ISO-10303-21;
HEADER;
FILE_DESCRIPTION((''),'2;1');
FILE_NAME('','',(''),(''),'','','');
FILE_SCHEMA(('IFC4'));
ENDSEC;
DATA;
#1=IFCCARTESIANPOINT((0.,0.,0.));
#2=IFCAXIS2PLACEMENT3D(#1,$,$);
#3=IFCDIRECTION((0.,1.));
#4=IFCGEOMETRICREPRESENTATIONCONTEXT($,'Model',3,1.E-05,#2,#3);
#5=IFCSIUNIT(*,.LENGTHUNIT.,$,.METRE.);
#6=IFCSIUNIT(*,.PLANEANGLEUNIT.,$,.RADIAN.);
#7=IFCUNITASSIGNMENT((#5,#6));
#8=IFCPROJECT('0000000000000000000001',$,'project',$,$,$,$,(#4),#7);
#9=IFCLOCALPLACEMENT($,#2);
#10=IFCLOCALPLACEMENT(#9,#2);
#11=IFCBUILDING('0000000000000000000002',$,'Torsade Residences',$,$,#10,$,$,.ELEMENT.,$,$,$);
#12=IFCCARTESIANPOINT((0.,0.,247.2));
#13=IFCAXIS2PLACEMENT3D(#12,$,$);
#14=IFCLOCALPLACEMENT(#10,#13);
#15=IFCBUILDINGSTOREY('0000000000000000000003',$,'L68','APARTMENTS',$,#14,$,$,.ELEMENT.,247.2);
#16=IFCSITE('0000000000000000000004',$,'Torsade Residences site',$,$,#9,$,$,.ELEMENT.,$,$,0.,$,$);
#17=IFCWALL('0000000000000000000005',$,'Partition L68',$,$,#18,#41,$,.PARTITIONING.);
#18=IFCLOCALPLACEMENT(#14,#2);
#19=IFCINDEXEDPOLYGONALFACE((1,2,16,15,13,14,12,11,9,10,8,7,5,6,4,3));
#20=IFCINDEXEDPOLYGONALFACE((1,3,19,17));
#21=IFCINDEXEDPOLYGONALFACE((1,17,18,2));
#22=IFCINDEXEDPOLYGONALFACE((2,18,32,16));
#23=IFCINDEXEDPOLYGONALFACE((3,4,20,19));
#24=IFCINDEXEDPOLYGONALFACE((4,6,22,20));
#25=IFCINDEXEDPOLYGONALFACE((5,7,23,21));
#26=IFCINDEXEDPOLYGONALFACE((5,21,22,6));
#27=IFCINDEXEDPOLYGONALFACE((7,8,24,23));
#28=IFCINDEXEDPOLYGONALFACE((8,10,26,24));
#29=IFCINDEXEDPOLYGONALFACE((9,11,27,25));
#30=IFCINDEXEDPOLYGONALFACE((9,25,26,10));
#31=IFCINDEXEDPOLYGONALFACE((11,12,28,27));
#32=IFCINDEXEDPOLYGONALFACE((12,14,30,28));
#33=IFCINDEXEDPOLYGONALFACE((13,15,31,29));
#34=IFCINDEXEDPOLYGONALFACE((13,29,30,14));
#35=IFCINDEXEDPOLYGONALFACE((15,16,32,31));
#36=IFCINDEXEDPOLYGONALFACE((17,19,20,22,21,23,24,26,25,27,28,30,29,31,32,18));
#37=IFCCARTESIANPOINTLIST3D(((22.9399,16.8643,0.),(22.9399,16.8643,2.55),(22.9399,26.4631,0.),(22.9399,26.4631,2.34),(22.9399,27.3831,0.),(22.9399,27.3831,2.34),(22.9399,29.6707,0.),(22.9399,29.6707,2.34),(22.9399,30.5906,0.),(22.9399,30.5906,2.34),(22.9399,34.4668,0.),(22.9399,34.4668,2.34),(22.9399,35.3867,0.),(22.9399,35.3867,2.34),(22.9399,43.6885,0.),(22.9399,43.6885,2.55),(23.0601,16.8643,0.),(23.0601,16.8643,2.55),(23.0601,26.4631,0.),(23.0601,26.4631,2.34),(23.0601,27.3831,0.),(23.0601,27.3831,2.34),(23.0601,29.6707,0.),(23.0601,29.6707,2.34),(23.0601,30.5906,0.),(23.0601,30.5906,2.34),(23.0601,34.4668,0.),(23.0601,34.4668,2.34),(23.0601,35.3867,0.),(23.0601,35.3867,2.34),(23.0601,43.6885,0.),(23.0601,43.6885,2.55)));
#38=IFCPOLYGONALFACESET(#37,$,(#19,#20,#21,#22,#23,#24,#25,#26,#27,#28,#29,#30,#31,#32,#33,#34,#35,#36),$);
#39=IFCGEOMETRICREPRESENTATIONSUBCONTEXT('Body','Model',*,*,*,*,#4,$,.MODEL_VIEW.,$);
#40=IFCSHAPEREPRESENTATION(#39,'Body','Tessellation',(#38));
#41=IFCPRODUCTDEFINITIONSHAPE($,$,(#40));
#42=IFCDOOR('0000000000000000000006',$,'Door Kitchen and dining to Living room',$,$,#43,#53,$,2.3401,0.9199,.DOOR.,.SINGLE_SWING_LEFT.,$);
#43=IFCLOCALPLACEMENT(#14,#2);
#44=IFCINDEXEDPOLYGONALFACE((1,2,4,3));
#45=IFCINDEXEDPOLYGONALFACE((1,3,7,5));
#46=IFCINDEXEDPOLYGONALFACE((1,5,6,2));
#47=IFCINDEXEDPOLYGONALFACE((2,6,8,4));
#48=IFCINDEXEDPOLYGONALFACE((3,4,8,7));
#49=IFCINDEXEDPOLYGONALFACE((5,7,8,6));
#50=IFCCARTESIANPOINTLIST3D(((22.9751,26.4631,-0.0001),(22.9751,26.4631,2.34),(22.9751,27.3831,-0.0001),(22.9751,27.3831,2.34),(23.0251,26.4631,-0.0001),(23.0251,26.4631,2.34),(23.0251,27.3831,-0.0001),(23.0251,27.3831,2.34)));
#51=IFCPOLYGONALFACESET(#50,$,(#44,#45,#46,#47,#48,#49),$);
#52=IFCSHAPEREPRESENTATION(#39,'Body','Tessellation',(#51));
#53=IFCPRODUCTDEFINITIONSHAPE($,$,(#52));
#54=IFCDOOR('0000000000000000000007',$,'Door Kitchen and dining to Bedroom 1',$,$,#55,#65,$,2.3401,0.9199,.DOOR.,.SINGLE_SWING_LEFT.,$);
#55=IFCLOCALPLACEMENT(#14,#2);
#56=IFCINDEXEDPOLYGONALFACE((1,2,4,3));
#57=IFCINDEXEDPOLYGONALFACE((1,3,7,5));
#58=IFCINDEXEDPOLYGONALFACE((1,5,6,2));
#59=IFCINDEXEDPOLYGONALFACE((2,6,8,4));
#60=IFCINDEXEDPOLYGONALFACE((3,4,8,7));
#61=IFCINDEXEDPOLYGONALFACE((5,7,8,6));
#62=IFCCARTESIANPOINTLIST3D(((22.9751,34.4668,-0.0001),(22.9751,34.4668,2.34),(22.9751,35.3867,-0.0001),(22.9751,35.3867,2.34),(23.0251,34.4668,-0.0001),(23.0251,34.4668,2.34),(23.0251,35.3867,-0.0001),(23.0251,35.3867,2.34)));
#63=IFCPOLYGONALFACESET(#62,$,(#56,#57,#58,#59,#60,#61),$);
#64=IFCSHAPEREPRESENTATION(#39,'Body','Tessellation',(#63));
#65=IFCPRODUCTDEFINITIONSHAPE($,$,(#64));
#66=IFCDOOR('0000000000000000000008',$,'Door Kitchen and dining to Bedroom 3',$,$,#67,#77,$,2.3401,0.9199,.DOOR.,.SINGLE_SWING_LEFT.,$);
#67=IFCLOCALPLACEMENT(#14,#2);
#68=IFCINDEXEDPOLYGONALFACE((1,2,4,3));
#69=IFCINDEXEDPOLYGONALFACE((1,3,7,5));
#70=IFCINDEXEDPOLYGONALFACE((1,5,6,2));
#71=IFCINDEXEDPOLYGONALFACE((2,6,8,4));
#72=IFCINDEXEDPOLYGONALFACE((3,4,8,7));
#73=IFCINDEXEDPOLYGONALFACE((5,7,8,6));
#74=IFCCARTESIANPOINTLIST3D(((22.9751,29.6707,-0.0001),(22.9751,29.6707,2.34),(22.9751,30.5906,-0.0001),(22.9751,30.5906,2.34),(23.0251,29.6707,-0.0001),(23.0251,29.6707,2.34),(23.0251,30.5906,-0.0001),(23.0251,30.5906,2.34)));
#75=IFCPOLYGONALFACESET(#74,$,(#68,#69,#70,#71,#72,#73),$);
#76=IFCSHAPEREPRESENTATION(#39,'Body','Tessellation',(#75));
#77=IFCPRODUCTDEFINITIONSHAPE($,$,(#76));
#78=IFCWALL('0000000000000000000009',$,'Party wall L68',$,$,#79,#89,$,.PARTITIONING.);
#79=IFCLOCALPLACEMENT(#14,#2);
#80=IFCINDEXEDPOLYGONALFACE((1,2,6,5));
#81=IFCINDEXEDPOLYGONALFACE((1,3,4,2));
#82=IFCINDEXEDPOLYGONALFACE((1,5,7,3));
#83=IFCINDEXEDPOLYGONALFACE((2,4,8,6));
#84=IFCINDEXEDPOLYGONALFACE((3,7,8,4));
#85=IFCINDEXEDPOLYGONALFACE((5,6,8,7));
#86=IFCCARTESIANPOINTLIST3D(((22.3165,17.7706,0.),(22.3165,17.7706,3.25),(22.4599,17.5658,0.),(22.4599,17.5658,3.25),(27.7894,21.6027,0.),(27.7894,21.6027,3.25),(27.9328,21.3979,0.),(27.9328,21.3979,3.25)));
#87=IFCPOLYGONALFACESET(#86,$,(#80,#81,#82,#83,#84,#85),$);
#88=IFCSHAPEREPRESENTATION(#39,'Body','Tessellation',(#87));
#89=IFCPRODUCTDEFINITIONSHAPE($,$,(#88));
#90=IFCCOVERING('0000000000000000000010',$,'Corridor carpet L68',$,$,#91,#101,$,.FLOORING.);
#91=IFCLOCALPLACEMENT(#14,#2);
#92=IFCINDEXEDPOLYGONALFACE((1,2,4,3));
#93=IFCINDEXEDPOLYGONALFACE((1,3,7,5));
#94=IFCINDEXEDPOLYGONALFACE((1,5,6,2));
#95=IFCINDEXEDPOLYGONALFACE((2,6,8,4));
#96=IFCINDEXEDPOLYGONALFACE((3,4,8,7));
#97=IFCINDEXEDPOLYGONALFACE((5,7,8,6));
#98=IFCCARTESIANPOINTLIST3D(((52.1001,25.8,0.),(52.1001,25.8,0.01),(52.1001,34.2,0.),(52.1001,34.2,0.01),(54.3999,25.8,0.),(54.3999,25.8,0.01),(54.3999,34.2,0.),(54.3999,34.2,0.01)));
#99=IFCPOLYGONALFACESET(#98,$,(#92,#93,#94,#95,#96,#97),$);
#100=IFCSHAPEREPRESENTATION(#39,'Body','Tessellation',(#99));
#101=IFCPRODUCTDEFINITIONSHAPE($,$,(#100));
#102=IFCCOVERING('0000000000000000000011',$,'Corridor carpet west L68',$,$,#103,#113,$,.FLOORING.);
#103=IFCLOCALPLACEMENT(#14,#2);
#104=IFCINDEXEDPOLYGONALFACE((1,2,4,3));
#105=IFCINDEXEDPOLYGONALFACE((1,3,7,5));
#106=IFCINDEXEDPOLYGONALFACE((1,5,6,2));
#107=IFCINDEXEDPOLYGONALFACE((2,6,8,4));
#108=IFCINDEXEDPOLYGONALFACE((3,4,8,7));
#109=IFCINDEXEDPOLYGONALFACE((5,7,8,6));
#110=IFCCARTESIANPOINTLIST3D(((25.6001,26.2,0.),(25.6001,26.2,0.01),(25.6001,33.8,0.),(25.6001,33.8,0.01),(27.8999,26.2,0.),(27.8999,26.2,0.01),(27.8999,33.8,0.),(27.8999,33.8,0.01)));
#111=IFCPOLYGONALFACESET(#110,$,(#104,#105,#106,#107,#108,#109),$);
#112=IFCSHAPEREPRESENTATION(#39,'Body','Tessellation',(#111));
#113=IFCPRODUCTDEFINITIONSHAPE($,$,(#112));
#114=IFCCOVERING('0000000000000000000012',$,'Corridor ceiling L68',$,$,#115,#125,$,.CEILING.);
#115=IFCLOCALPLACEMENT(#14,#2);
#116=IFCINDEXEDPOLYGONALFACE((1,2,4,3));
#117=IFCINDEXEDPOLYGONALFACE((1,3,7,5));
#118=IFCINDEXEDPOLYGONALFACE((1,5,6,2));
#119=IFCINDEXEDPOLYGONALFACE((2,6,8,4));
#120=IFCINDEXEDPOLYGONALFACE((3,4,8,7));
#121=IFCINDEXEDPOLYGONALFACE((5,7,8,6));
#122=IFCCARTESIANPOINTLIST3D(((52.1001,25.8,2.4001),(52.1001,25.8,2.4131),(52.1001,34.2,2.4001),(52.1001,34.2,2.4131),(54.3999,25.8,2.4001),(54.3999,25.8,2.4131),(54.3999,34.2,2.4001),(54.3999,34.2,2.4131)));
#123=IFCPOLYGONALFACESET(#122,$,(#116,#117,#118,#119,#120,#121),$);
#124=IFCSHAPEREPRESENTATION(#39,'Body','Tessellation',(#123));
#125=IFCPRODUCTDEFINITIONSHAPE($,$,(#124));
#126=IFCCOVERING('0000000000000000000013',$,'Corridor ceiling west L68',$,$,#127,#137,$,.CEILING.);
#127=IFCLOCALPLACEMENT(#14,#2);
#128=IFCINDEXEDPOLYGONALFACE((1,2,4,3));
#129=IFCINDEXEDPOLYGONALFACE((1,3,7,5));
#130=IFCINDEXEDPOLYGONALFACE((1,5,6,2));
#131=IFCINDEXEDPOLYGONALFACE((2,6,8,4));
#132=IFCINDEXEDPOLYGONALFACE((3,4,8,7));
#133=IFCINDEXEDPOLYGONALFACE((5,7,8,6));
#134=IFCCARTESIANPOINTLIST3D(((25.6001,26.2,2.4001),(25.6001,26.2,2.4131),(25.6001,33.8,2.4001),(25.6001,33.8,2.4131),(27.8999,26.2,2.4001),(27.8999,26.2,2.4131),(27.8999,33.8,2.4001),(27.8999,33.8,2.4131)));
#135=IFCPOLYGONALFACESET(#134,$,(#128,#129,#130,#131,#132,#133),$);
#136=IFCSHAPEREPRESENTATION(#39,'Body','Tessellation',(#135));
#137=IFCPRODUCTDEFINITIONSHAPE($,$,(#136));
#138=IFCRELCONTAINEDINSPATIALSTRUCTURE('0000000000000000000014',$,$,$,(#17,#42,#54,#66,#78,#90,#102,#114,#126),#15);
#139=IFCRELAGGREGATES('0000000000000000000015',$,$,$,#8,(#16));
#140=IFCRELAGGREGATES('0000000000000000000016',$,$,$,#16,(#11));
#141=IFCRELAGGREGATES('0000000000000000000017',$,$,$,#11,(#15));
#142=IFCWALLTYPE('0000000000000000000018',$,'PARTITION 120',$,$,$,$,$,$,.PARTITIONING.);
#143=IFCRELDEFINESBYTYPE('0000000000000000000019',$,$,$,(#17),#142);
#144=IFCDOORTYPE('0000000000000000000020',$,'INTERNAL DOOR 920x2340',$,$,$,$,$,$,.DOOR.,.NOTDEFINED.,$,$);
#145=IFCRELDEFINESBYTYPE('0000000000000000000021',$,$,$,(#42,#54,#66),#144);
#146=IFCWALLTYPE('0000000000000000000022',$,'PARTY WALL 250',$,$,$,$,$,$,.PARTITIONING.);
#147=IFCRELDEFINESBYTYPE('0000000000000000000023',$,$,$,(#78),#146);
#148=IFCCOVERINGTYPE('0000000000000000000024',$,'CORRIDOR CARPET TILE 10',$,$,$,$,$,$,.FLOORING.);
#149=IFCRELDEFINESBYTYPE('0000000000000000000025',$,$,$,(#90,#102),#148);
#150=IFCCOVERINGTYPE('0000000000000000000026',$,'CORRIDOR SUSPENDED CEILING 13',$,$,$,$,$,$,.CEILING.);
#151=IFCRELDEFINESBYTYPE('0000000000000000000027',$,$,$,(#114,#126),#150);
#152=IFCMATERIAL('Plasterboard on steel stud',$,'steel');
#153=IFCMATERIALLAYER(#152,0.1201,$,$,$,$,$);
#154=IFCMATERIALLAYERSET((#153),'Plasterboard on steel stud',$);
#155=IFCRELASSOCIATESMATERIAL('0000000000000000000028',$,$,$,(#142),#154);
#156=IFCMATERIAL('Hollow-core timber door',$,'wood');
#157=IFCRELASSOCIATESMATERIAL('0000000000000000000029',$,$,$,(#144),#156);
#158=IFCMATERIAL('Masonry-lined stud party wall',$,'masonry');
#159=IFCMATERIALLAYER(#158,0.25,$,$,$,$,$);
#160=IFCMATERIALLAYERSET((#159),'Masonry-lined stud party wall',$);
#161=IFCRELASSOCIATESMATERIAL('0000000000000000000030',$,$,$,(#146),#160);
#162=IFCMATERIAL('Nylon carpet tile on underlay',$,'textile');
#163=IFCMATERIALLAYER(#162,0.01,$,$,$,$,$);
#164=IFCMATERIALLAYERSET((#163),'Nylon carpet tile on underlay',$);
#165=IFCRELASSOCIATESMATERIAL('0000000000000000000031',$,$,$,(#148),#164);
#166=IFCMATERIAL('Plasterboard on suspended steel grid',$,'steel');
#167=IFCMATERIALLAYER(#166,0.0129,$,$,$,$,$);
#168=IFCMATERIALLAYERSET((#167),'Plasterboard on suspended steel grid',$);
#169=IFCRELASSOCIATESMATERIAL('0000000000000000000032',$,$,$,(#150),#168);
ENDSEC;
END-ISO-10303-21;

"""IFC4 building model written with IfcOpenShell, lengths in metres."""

from ifc_helpers import new_model, si_unit, direction, frame, frame_2d, origin, place, context, subcontext, project, spatial, polyline, rectangle, outline, extrude, material, layer, layer_set, type_object, element, fill, save


model = new_model("IFC4")

# Units and contexts
model_context = context("Model", 3, precision=1e-05, world=origin(), true_north=direction((0.0, 1.0)))
body_context = subcontext(model_context, "Body", "Model", "MODEL_VIEW")
ifc_project = project(units=[si_unit("LENGTHUNIT", "METRE"), si_unit("PLANEANGLEUNIT", "RADIAN")], contexts=[model_context])

# Site, building, storey
site_placement = place(None, origin())
site = spatial("IfcSite", under=ifc_project, at=site_placement, Name="Torsade Residences site", CompositionType="ELEMENT", RefElevation=0.0)
building_placement = place(site_placement, origin())
building = spatial("IfcBuilding", under=site, at=building_placement, Name="Torsade Residences", CompositionType="ELEMENT")
storey_placement = place(building_placement, frame((0.0, 0.0, 247.2)))
storey = spatial("IfcBuildingStorey", under=building, at=storey_placement, Name="L68", Description="APARTMENTS", CompositionType="ELEMENT", Elevation=247.2)

# Wall, openings, doors
ifc_material_1 = material(Name="Plasterboard on steel stud", Category="steel")
ifc_layer_1 = layer(ifc_material_1, 0.1201)
ifc_layer_set_1 = layer_set([ifc_layer_1], Name="Plasterboard on steel stud")
wall_type_1 = type_object("IfcWallType", Name="PARTITION 120", PredefinedType="PARTITIONING", material=ifc_layer_set_1)
wall_1_placement = place(storey_placement, frame((23.0, 16.8643, 0.0), z_axis=(0.0, 0.0, 1.0), x_axis=(0.0, 1.0, 0.0)))
wall_1 = element("IfcWall", 1, at=wall_1_placement, inside=storey, type_object=wall_type_1, Name="Partition L68", PredefinedType="PARTITIONING", context=body_context, shape_type="SweptSolid", body=[
    extrude(rectangle(XDim=26.8242, YDim=0.1201, at=frame_2d((13.4121, 0.0))), origin(), (0.0, 0.0, 1.0), 2.55),
])
opening_1_placement = place(wall_1_placement, frame((9.5989, 0.0, 0.0)))
opening_1 = element("IfcOpeningElement", 2, at=opening_1_placement, cuts=wall_1, PredefinedType="OPENING", context=body_context, shape_type="SweptSolid", body=[
    extrude(rectangle(XDim=0.9199, YDim=2.3401, at=frame_2d((0.46, 1.1699))), frame((0.0, 0.0701, 0.0), z_axis=(0.0, -1.0, 0.0), x_axis=(1.0, 0.0, 0.0)), (0.0, 0.0, 1.0), 0.1401),
])
opening_2_placement = place(wall_1_placement, frame((17.6025, 0.0, 0.0)))
opening_2 = element("IfcOpeningElement", 3, at=opening_2_placement, cuts=wall_1, PredefinedType="OPENING", context=body_context, shape_type="SweptSolid", body=[
    extrude(rectangle(XDim=0.9199, YDim=2.3401, at=frame_2d((0.46, 1.1699))), frame((0.0, 0.0701, 0.0), z_axis=(0.0, -1.0, 0.0), x_axis=(1.0, 0.0, 0.0)), (0.0, 0.0, 1.0), 0.1401),
])
opening_3_placement = place(wall_1_placement, frame((12.8064, 0.0, 0.0)))
opening_3 = element("IfcOpeningElement", 4, at=opening_3_placement, cuts=wall_1, PredefinedType="OPENING", context=body_context, shape_type="SweptSolid", body=[
    extrude(rectangle(XDim=0.9199, YDim=2.3401, at=frame_2d((0.46, 1.1699))), frame((0.0, 0.0701, 0.0), z_axis=(0.0, -1.0, 0.0), x_axis=(1.0, 0.0, 0.0)), (0.0, 0.0, 1.0), 0.1401),
])
ifc_material_2 = material(Name="Hollow-core timber door", Category="wood")
door_type = type_object("IfcDoorType", Name="INTERNAL DOOR 920x2340", OperationType="NOTDEFINED", PredefinedType="DOOR", material=ifc_material_2)
door_1_placement = place(opening_1_placement, origin())
door_1 = element("IfcDoor", 5, at=door_1_placement, inside=storey, type_object=door_type, Name="Door Kitchen and dining to Living room", OperationType="SINGLE_SWING_LEFT", OverallHeight=2.3401, OverallWidth=0.9199, PredefinedType="DOOR", context=body_context, shape_type="SweptSolid", body=[
    extrude(rectangle(XDim=0.9199, YDim=2.3401, at=frame_2d((0.46, 1.1699))), frame((0.0, 0.0249, 0.0), z_axis=(0.0, -1.0, 0.0), x_axis=(1.0, 0.0, 0.0)), (0.0, 0.0, 1.0), 0.05),
])
fill(opening_1, door_1)
door_2_placement = place(opening_2_placement, origin())
door_2 = element("IfcDoor", 6, at=door_2_placement, inside=storey, type_object=door_type, Name="Door Kitchen and dining to Bedroom 1", OperationType="SINGLE_SWING_LEFT", OverallHeight=2.3401, OverallWidth=0.9199, PredefinedType="DOOR", context=body_context, shape_type="SweptSolid", body=[
    extrude(rectangle(XDim=0.9199, YDim=2.3401, at=frame_2d((0.46, 1.1699))), frame((0.0, 0.0249, 0.0), z_axis=(0.0, -1.0, 0.0), x_axis=(1.0, 0.0, 0.0)), (0.0, 0.0, 1.0), 0.05),
])
fill(opening_2, door_2)
door_3_placement = place(opening_3_placement, origin())
door_3 = element("IfcDoor", 7, at=door_3_placement, inside=storey, type_object=door_type, Name="Door Kitchen and dining to Bedroom 3", OperationType="SINGLE_SWING_LEFT", OverallHeight=2.3401, OverallWidth=0.9199, PredefinedType="DOOR", context=body_context, shape_type="SweptSolid", body=[
    extrude(rectangle(XDim=0.9199, YDim=2.3401, at=frame_2d((0.46, 1.1699))), frame((0.0, 0.0249, 0.0), z_axis=(0.0, -1.0, 0.0), x_axis=(1.0, 0.0, 0.0)), (0.0, 0.0, 1.0), 0.05),
])
fill(opening_3, door_3)

# Wall
ifc_material_3 = material(Name="Masonry-lined stud party wall", Category="masonry")
ifc_layer_2 = layer(ifc_material_3, 0.25)
ifc_layer_set_2 = layer_set([ifc_layer_2], Name="Masonry-lined stud party wall")
wall_type_2 = type_object("IfcWallType", Name="PARTY WALL 250", PredefinedType="PARTITIONING", material=ifc_layer_set_2)
wall_2_placement = place(storey_placement, frame((22.3882, 17.6682, 0.0), z_axis=(0.0, 0.0, 1.0), x_axis=(0.819162, 0.573563, 0.0)))
element("IfcWall", 8, at=wall_2_placement, inside=storey, type_object=wall_type_2, Name="Party wall L68", PredefinedType="PARTITIONING", context=body_context, shape_type="SweptSolid", body=[
    extrude(rectangle(XDim=6.6812, YDim=0.25, at=frame_2d((3.3406, 0.0))), origin(), (0.0, 0.0, 1.0), 3.25),
])

# Coverings
ifc_material_4 = material(Name="Nylon carpet tile on underlay", Category="textile")
ifc_layer_3 = layer(ifc_material_4, 0.01)
ifc_layer_set_3 = layer_set([ifc_layer_3], Name="Nylon carpet tile on underlay")
covering_type_1 = type_object("IfcCoveringType", Name="CORRIDOR CARPET TILE 10", PredefinedType="FLOORING", material=ifc_layer_set_3)
covering_1_placement = place(storey_placement, origin())
element("IfcCovering", 9, at=covering_1_placement, inside=storey, type_object=covering_type_1, Name="Corridor carpet L68", PredefinedType="FLOORING", context=body_context, shape_type="SweptSolid", body=[
    extrude(outline(polyline([(54.3999, 25.8), (54.3999, 34.2), (52.1001, 34.2), (52.1001, 25.8), (54.3999, 25.8)])), origin(), (0.0, 0.0, 1.0), 0.01),
])
covering_2_placement = place(storey_placement, origin())
element("IfcCovering", 10, at=covering_2_placement, inside=storey, type_object=covering_type_1, Name="Corridor carpet west L68", PredefinedType="FLOORING", context=body_context, shape_type="SweptSolid", body=[
    extrude(outline(polyline([(27.8999, 26.2), (27.8999, 33.8), (25.6001, 33.8), (25.6001, 26.2), (27.8999, 26.2)])), origin(), (0.0, 0.0, 1.0), 0.01),
])
ifc_material_5 = material(Name="Plasterboard on suspended steel grid", Category="steel")
ifc_layer_4 = layer(ifc_material_5, 0.0129)
ifc_layer_set_4 = layer_set([ifc_layer_4], Name="Plasterboard on suspended steel grid")
covering_type_2 = type_object("IfcCoveringType", Name="CORRIDOR SUSPENDED CEILING 13", PredefinedType="CEILING", material=ifc_layer_set_4)
covering_3_placement = place(storey_placement, frame((0.0, 0.0, 2.4001)))
element("IfcCovering", 11, at=covering_3_placement, inside=storey, type_object=covering_type_2, Name="Corridor ceiling L68", PredefinedType="CEILING", context=body_context, shape_type="SweptSolid", body=[
    extrude(outline(polyline([(54.3999, 25.8), (54.3999, 34.2), (52.1001, 34.2), (52.1001, 25.8), (54.3999, 25.8)])), origin(), (0.0, 0.0, 1.0), 0.0129),
])
covering_4_placement = place(storey_placement, frame((0.0, 0.0, 2.4001)))
element("IfcCovering", 12, at=covering_4_placement, inside=storey, type_object=covering_type_2, Name="Corridor ceiling west L68", PredefinedType="CEILING", context=body_context, shape_type="SweptSolid", body=[
    extrude(outline(polyline([(27.8999, 26.2), (27.8999, 33.8), (25.6001, 33.8), (25.6001, 26.2), (27.8999, 26.2)])), origin(), (0.0, 0.0, 1.0), 0.0129),
])

save(model, "model.ifc")
